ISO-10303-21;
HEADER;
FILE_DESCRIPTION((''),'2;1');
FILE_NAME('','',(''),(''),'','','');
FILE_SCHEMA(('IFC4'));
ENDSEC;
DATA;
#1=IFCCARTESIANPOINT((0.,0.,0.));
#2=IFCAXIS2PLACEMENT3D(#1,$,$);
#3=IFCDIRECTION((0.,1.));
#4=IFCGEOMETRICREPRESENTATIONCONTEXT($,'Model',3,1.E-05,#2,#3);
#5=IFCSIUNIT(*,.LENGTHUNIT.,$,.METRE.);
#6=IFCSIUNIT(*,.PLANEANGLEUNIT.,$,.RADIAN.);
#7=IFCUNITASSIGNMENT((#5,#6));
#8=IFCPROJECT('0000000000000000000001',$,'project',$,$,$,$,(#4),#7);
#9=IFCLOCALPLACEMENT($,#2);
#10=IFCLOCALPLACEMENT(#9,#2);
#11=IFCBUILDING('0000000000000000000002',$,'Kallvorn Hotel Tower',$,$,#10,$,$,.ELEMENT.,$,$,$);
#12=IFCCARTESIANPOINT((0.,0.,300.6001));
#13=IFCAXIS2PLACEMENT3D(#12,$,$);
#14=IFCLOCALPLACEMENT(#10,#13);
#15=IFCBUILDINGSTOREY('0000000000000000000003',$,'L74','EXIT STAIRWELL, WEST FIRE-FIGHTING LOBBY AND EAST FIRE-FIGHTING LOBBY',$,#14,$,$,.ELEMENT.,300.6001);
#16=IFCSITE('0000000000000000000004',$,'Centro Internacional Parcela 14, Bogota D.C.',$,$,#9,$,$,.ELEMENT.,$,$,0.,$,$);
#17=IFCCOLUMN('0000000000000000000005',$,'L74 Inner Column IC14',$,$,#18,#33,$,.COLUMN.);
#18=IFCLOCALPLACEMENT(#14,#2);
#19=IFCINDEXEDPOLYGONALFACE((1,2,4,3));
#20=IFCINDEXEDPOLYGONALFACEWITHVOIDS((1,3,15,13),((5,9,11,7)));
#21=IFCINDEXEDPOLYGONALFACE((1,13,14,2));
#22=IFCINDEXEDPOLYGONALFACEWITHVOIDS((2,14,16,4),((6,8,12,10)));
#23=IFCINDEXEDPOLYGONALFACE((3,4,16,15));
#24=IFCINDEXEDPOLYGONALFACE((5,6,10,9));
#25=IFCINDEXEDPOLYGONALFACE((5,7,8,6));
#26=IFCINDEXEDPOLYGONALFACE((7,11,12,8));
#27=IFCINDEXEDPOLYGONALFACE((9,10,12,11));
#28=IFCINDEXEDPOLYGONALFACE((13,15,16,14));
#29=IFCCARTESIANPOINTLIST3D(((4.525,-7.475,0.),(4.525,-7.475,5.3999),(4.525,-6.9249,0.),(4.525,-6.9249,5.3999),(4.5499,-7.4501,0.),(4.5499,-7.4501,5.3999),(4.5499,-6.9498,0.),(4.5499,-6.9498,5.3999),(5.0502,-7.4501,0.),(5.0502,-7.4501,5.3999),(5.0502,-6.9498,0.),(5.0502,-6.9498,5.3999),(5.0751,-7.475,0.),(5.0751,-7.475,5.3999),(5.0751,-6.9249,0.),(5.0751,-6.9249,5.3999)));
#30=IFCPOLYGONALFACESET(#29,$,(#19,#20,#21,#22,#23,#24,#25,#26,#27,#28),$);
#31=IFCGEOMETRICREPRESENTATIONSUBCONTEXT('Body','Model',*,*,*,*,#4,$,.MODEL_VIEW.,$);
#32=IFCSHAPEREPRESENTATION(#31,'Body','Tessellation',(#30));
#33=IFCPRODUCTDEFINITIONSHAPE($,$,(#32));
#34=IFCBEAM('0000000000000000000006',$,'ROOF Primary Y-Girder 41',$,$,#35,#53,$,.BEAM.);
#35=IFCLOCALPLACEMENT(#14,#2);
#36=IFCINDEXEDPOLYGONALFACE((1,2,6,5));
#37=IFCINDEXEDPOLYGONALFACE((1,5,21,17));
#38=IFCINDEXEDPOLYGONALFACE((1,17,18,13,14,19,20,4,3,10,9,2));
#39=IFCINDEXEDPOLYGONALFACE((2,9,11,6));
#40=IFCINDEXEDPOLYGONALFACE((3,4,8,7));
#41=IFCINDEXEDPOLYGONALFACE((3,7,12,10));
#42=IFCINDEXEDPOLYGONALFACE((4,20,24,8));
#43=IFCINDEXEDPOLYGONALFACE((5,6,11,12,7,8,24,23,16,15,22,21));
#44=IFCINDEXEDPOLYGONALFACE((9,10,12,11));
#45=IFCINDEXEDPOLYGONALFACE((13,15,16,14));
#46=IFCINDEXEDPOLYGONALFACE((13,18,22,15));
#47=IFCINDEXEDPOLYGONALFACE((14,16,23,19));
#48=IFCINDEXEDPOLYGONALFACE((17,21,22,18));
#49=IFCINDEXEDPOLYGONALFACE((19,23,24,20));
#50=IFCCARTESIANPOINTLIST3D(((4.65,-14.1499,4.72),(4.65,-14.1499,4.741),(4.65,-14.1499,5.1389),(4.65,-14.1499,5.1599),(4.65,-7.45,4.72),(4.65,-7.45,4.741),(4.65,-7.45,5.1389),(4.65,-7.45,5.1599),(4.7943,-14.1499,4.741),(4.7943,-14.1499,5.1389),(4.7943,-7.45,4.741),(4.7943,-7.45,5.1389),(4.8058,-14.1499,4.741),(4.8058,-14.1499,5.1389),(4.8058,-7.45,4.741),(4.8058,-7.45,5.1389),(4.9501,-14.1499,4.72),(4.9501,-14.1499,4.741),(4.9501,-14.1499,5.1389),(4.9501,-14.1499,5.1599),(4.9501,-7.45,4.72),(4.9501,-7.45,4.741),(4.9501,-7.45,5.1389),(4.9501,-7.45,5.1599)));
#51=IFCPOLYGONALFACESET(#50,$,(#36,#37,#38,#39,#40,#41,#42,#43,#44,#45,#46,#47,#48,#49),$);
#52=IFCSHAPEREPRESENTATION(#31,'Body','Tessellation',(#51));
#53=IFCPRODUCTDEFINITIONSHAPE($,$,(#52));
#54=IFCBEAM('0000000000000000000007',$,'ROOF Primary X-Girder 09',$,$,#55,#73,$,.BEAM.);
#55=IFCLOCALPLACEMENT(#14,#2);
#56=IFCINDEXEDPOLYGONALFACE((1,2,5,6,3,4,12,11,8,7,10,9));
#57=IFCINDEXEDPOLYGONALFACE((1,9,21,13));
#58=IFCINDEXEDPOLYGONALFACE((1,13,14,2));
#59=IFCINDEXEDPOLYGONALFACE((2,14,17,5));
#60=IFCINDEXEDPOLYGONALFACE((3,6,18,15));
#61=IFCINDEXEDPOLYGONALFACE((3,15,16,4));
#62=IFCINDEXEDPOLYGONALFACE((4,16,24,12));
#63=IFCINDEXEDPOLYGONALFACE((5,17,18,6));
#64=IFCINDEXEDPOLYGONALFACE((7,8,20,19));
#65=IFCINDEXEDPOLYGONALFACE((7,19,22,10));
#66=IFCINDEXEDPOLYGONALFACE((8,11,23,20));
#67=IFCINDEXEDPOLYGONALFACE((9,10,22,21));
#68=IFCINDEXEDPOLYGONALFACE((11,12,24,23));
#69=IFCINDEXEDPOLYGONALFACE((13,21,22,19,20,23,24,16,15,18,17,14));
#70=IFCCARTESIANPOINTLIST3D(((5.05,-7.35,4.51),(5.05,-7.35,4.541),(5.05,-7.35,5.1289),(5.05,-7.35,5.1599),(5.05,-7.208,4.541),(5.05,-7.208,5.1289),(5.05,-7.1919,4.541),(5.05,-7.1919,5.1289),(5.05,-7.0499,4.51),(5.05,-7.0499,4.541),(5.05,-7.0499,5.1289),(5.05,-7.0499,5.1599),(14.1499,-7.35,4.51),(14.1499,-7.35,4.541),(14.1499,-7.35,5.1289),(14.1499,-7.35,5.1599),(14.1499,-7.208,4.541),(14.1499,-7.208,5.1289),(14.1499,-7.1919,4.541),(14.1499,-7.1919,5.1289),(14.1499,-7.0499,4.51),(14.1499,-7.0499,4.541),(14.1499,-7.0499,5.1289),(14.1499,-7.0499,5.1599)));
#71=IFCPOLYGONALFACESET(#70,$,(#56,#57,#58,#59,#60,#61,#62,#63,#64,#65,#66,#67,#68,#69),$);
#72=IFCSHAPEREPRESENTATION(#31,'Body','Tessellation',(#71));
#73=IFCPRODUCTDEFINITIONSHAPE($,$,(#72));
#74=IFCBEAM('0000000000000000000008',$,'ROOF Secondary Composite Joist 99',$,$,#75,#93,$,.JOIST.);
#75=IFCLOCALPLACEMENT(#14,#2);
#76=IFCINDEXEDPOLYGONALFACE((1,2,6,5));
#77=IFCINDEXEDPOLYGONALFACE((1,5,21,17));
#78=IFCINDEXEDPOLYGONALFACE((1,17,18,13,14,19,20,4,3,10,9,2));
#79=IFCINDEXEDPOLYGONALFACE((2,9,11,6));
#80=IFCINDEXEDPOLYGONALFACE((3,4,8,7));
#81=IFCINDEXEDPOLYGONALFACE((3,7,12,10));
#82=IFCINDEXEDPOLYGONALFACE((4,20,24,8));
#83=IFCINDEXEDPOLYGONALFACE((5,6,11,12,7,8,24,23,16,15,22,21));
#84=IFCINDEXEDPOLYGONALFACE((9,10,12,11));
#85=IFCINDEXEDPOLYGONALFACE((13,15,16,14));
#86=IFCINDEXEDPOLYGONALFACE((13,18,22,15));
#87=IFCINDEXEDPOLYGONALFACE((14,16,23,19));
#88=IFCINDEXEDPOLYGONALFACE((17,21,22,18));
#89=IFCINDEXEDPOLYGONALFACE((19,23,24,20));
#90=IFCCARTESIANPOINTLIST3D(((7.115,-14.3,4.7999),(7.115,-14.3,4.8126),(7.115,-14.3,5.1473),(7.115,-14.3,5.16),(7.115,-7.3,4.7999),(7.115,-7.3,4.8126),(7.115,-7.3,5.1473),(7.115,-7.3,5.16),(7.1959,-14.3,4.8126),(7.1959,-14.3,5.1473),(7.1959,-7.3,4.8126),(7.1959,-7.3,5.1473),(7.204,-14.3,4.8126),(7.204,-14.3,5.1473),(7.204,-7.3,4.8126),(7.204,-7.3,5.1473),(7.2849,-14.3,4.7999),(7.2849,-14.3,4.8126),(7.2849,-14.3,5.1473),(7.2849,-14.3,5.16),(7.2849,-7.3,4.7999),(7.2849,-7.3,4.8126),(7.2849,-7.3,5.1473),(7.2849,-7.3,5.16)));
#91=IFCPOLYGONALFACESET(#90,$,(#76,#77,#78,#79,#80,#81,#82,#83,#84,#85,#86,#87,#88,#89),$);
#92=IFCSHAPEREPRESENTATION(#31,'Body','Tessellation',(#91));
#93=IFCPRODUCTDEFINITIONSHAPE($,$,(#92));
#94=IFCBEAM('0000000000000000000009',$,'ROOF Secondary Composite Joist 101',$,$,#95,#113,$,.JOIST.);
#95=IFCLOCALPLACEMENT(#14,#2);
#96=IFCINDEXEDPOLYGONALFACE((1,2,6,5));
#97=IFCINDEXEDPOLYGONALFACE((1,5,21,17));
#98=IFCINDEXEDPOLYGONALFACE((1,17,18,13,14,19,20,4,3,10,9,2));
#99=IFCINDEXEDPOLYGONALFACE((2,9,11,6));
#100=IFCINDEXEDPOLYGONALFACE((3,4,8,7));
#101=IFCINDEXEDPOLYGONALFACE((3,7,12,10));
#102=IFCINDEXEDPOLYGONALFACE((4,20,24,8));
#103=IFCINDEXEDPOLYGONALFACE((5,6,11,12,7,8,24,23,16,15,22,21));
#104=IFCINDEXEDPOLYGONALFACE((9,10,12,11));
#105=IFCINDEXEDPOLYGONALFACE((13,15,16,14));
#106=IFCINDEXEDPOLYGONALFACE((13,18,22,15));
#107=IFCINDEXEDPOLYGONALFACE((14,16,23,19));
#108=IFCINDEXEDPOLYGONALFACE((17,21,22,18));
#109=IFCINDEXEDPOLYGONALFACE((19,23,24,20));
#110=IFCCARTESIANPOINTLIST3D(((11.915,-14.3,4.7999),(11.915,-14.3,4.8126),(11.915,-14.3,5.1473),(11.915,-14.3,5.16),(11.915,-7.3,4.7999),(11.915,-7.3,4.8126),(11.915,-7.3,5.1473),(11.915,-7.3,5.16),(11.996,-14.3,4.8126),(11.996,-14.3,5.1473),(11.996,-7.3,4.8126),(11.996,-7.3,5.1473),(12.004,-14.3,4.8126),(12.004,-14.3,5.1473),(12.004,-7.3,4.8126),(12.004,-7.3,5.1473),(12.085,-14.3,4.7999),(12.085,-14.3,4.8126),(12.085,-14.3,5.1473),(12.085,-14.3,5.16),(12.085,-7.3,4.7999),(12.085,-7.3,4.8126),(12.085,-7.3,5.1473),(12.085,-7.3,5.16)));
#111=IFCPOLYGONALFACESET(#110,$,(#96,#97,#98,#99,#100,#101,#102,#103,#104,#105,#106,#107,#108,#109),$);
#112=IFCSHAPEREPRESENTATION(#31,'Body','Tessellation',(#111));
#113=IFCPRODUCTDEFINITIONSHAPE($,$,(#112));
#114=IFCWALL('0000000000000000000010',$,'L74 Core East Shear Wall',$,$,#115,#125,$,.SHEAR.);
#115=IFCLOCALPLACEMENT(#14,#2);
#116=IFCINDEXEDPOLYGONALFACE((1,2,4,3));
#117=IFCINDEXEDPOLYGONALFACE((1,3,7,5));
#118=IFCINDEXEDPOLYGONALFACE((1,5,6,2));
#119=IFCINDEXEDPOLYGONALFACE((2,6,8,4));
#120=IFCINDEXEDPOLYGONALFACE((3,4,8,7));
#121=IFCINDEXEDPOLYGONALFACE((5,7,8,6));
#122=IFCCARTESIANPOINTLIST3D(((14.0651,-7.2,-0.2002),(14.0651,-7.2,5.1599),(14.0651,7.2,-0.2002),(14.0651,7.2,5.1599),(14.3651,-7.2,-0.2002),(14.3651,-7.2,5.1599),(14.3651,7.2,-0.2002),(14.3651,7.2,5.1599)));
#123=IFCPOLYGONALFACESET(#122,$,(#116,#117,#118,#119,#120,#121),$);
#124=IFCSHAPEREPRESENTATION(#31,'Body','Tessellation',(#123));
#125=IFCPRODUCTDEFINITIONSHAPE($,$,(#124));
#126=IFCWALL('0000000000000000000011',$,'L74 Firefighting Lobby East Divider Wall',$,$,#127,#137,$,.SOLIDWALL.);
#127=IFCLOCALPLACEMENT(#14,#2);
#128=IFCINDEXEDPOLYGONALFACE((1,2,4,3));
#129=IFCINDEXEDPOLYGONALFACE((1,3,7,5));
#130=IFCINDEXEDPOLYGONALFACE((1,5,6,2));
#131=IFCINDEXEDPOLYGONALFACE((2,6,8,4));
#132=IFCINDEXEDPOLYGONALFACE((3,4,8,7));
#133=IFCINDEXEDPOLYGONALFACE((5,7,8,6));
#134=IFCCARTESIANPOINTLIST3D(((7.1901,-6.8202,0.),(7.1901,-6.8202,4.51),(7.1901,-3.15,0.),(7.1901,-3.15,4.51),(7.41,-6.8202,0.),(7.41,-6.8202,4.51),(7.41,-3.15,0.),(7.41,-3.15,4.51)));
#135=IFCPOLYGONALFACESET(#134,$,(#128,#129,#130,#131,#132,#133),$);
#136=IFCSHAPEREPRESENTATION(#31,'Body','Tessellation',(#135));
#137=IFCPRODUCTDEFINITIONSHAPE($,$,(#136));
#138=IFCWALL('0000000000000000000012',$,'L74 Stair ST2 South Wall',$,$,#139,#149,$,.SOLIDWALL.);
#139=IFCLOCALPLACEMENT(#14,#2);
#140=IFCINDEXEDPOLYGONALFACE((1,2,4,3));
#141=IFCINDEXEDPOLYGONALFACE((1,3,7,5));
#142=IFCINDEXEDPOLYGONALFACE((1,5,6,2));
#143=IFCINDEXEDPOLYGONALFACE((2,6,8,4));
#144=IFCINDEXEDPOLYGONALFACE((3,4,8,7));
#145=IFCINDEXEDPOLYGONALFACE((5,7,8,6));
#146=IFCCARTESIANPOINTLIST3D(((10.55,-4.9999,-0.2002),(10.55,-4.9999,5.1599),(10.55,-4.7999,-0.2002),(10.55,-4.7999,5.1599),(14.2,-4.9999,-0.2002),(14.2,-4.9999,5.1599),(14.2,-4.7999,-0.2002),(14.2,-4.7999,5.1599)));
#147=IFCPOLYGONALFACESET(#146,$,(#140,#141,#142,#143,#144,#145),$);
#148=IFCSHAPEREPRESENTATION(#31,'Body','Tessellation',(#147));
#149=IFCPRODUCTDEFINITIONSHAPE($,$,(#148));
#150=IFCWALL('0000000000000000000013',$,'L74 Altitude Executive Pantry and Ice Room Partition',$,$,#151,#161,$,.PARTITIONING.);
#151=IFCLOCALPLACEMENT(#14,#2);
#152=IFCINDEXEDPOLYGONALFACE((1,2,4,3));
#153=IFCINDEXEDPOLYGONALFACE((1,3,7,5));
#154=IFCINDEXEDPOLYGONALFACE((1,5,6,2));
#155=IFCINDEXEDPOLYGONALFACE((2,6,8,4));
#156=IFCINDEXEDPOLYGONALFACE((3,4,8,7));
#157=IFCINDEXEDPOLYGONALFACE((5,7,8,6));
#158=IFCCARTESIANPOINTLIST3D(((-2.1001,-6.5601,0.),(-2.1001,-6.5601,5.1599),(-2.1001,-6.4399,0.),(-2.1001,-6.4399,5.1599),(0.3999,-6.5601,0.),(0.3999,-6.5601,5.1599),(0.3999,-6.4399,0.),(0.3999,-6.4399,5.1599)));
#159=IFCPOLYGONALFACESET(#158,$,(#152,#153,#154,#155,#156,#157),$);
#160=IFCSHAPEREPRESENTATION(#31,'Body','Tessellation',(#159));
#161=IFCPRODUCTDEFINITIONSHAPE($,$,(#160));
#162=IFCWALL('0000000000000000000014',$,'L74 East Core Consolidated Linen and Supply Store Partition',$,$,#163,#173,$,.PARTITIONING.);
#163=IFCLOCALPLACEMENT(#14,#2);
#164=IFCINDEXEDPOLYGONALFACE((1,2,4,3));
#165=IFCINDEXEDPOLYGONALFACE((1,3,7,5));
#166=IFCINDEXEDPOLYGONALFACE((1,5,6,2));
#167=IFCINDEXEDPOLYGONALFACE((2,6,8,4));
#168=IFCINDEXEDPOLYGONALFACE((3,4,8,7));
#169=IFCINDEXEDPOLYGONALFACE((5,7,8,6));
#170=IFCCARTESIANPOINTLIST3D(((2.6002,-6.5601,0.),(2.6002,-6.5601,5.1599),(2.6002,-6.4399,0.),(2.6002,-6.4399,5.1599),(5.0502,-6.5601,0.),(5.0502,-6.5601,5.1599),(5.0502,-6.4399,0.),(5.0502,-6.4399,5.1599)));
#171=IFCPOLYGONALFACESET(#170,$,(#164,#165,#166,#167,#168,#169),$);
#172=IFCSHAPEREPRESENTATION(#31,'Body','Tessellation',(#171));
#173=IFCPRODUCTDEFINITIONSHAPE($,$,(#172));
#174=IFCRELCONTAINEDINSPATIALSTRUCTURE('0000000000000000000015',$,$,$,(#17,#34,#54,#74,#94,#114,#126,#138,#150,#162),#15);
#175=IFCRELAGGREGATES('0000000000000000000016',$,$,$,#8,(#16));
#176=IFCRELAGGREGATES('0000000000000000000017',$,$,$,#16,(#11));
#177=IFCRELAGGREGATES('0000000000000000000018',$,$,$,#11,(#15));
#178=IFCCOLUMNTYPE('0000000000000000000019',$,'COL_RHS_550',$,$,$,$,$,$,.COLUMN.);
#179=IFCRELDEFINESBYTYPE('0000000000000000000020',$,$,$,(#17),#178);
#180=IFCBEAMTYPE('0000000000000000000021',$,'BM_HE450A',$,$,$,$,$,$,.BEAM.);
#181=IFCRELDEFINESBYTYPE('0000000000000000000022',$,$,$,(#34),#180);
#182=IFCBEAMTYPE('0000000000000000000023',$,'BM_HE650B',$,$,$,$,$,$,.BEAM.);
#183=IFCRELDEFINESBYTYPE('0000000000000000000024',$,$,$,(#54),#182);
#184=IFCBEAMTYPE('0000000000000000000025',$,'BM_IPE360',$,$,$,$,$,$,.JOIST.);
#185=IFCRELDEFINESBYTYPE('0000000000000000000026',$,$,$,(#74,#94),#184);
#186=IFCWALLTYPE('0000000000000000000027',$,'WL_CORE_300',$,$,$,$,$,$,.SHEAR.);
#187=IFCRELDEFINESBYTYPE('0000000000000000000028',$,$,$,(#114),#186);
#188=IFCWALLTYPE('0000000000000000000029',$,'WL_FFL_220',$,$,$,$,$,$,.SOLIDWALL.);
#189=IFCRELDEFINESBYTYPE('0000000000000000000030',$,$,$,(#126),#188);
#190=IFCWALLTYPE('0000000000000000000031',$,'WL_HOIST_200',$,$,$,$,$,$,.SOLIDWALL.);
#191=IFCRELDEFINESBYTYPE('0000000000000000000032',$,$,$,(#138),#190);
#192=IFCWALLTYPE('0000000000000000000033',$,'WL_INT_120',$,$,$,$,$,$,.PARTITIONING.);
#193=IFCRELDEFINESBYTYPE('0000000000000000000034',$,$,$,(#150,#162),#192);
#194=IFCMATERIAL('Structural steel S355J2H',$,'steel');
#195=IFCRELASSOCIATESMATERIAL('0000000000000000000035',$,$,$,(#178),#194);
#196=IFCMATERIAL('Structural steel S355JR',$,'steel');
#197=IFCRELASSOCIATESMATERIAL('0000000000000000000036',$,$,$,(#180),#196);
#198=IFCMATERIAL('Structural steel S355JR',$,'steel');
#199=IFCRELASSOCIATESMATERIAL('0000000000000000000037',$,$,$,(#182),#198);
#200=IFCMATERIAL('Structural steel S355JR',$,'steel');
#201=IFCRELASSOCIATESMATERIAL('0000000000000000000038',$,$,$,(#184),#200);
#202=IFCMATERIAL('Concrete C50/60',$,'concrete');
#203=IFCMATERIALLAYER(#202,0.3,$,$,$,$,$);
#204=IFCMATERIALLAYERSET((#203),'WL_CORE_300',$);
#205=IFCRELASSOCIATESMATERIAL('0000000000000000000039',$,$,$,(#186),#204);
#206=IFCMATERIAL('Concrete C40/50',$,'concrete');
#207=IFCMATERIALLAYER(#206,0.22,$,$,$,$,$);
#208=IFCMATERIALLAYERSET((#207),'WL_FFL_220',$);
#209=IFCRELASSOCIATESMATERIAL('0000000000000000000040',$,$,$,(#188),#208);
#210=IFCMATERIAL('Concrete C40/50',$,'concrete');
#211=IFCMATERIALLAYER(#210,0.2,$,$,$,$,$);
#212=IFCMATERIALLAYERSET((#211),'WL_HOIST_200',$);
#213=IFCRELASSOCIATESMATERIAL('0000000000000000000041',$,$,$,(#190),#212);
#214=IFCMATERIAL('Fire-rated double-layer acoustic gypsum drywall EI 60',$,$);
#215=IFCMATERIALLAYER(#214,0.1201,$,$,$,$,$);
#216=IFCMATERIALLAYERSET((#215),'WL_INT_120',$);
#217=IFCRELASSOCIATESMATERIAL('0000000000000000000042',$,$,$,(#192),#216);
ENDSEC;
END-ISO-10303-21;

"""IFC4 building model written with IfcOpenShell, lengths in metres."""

from ifc_helpers import new_model, si_unit, direction, frame, frame_2d, origin, origin_2d, place, context, subcontext, project, spatial, rectangle, hollow_rectangle, i_section, extrude, material, layer, layer_set, material_profile, profile_set, type_object, element, save


model = new_model("IFC4")

# Units and contexts
model_context = context("Model", 3, precision=1e-05, world=origin(), true_north=direction((0.0, 1.0)))
body_context = subcontext(model_context, "Body", "Model", "MODEL_VIEW")
ifc_project = project(units=[si_unit("LENGTHUNIT", "METRE"), si_unit("PLANEANGLEUNIT", "RADIAN")], contexts=[model_context])

# Site, building, storey
site_placement = place(None, origin())
site = spatial("IfcSite", under=ifc_project, at=site_placement, Name="Centro Internacional Parcela 14, Bogota D.C.", CompositionType="ELEMENT", RefElevation=0.0)
building_placement = place(site_placement, origin())
building = spatial("IfcBuilding", under=site, at=building_placement, Name="Kallvorn Hotel Tower", CompositionType="ELEMENT")
storey_placement = place(building_placement, frame((0.0, 0.0, 300.6001)))
storey = spatial("IfcBuildingStorey", under=building, at=storey_placement, Name="L74", Description="EXIT STAIRWELL, WEST FIRE-FIGHTING LOBBY AND EAST FIRE-FIGHTING LOBBY", CompositionType="ELEMENT", Elevation=300.6001)

# Column
ifc_material_1 = material(Name="Structural steel S355J2H", Category="steel")
ifc_material_profile_1 = material_profile(ifc_material_1, hollow_rectangle(XDim=0.55, YDim=0.55, WallThickness=0.0249, at=origin_2d()), Name="RHS 550x550x25")
ifc_profile_set_1 = profile_set([ifc_material_profile_1], Name="Structural steel S355J2H")
column_type = type_object("IfcColumnType", Name="COL_RHS_550", PredefinedType="COLUMN", material=ifc_profile_set_1)
column_placement = place(storey_placement, frame((4.8, -7.2, 0.0), z_axis=(0.0, 0.0, 1.0), x_axis=(1.0, 0.0, 0.0)))
element("IfcColumn", 1, at=column_placement, inside=storey, type_object=column_type, Name="L74 Inner Column IC14", PredefinedType="COLUMN", context=body_context, shape_type="SweptSolid", body=[
    extrude(hollow_rectangle(XDim=0.55, YDim=0.55, WallThickness=0.0249, at=origin_2d()), origin(), (0.0, 0.0, 1.0), 5.3999),
])

# Beams
ifc_material_2 = material(Name="Structural steel S355JR", Category="steel")
ifc_material_profile_2 = material_profile(ifc_material_2, i_section(OverallWidth=0.3, OverallDepth=0.4399, WebThickness=0.0115, FlangeThickness=0.021, at=origin_2d()), Name="HE 450 A")
ifc_profile_set_2 = profile_set([ifc_material_profile_2], Name="Structural steel S355JR")
beam_type_1 = type_object("IfcBeamType", Name="BM_HE450A", PredefinedType="BEAM", material=ifc_profile_set_2)
beam_1_placement = place(storey_placement, frame((4.8, -14.1499, 4.9399), z_axis=(0.0, 1.0, 0.0), x_axis=(-1.0, 0.0, 0.0)))
element("IfcBeam", 2, at=beam_1_placement, inside=storey, type_object=beam_type_1, Name="ROOF Primary Y-Girder 41", PredefinedType="BEAM", context=body_context, shape_type="SweptSolid", body=[
    extrude(i_section(OverallWidth=0.3, OverallDepth=0.4399, WebThickness=0.0115, FlangeThickness=0.021, at=origin_2d()), origin(), (0.0, 0.0, 1.0), 6.7),
])
ifc_material_3 = material(Name="Structural steel S355JR", Category="steel")
ifc_material_profile_3 = material_profile(ifc_material_3, i_section(OverallWidth=0.3, OverallDepth=0.6499, WebThickness=0.0161, FlangeThickness=0.031, at=origin_2d()), Name="HE 650 B")
ifc_profile_set_3 = profile_set([ifc_material_profile_3], Name="Structural steel S355JR")
beam_type_2 = type_object("IfcBeamType", Name="BM_HE650B", PredefinedType="BEAM", material=ifc_profile_set_3)
beam_2_placement = place(storey_placement, frame((5.05, -7.2, 4.835), z_axis=(1.0, 0.0, 0.0), x_axis=(0.0, 1.0, 0.0)))
element("IfcBeam", 3, at=beam_2_placement, inside=storey, type_object=beam_type_2, Name="ROOF Primary X-Girder 09", PredefinedType="BEAM", context=body_context, shape_type="SweptSolid", body=[
    extrude(i_section(OverallWidth=0.3, OverallDepth=0.6499, WebThickness=0.0161, FlangeThickness=0.031, at=origin_2d()), origin(), (0.0, 0.0, 1.0), 9.0999),
])
ifc_material_4 = material(Name="Structural steel S355JR", Category="steel")
ifc_material_profile_4 = material_profile(ifc_material_4, i_section(OverallWidth=0.1699, OverallDepth=0.3601, WebThickness=0.0081, FlangeThickness=0.0127, at=origin_2d()), Name="IPE 360")
ifc_profile_set_4 = profile_set([ifc_material_profile_4], Name="Structural steel S355JR")
beam_type_3 = type_object("IfcBeamType", Name="BM_IPE360", PredefinedType="JOIST", material=ifc_profile_set_4)
for number, where, z_axis, x_axis, name in (
    (4, (7.2, -14.3, 4.98), (0.0, 1.0, 0.0), (-1.0, 0.0, 0.0), "ROOF Secondary Composite Joist 99"),
    (5, (12.0, -14.3, 4.98), (0.0, 1.0, 0.0), (-1.0, 0.0, 0.0), "ROOF Secondary Composite Joist 101"),
):
    element("IfcBeam", number, at=place(storey_placement, frame(where, z_axis=z_axis, x_axis=x_axis)), inside=storey, type_object=beam_type_3, Name=name, PredefinedType="JOIST", context=body_context, shape_type="SweptSolid", body=[
        extrude(i_section(OverallWidth=0.1699, OverallDepth=0.3601, WebThickness=0.0081, FlangeThickness=0.0127, at=origin_2d()), origin(), (0.0, 0.0, 1.0), 7.0),
    ])

# Walls
ifc_material_5 = material(Name="Concrete C50/60", Category="concrete")
ifc_layer_1 = layer(ifc_material_5, 0.3)
ifc_layer_set_1 = layer_set([ifc_layer_1], Name="WL_CORE_300")
wall_type_1 = type_object("IfcWallType", Name="WL_CORE_300", PredefinedType="SHEAR", material=ifc_layer_set_1)
wall_1_placement = place(storey_placement, frame((14.2151, -7.2, -0.2002), z_axis=(0.0, 0.0, 1.0), x_axis=(0.0, 1.0, 0.0)))
element("IfcWall", 6, at=wall_1_placement, inside=storey, type_object=wall_type_1, Name="L74 Core East Shear Wall", PredefinedType="SHEAR", context=body_context, shape_type="SweptSolid", body=[
    extrude(rectangle(XDim=14.3999, YDim=0.3, at=frame_2d((7.2, 0.0))), origin(), (0.0, 0.0, 1.0), 5.3601),
])
ifc_material_6 = material(Name="Concrete C40/50", Category="concrete")
ifc_layer_2 = layer(ifc_material_6, 0.22)
ifc_layer_set_2 = layer_set([ifc_layer_2], Name="WL_FFL_220")
wall_type_2 = type_object("IfcWallType", Name="WL_FFL_220", PredefinedType="SOLIDWALL", material=ifc_layer_set_2)
wall_2_placement = place(storey_placement, frame((7.3, -6.8201, 0.0), z_axis=(0.0, 0.0, 1.0), x_axis=(0.0, 1.0, 0.0)))
element("IfcWall", 7, at=wall_2_placement, inside=storey, type_object=wall_type_2, Name="L74 Firefighting Lobby East Divider Wall", PredefinedType="SOLIDWALL", context=body_context, shape_type="SweptSolid", body=[
    extrude(rectangle(XDim=3.6702, YDim=0.22, at=frame_2d((1.835, 0.0))), origin(), (0.0, 0.0, 1.0), 4.51),
])
ifc_material_7 = material(Name="Concrete C40/50", Category="concrete")
ifc_layer_3 = layer(ifc_material_7, 0.2)
ifc_layer_set_3 = layer_set([ifc_layer_3], Name="WL_HOIST_200")
wall_type_3 = type_object("IfcWallType", Name="WL_HOIST_200", PredefinedType="SOLIDWALL", material=ifc_layer_set_3)
wall_3_placement = place(storey_placement, frame((10.55, -4.8999, -0.2002), z_axis=(0.0, 0.0, 1.0), x_axis=(1.0, 0.0, 0.0)))
element("IfcWall", 8, at=wall_3_placement, inside=storey, type_object=wall_type_3, Name="L74 Stair ST2 South Wall", PredefinedType="SOLIDWALL", context=body_context, shape_type="SweptSolid", body=[
    extrude(rectangle(XDim=3.6499, YDim=0.2, at=frame_2d((1.825, 0.0))), origin(), (0.0, 0.0, 1.0), 5.3601),
])
ifc_material_8 = material(Name="Fire-rated double-layer acoustic gypsum drywall EI 60")
ifc_layer_4 = layer(ifc_material_8, 0.1201)
ifc_layer_set_4 = layer_set([ifc_layer_4], Name="WL_INT_120")
wall_type_4 = type_object("IfcWallType", Name="WL_INT_120", PredefinedType="PARTITIONING", material=ifc_layer_set_4)
wall_4_placement = place(storey_placement, frame((-2.1001, -6.5, 0.0), z_axis=(0.0, 0.0, 1.0), x_axis=(1.0, 0.0, 0.0)))
element("IfcWall", 9, at=wall_4_placement, inside=storey, type_object=wall_type_4, Name="L74 Altitude Executive Pantry and Ice Room Partition", PredefinedType="PARTITIONING", context=body_context, shape_type="SweptSolid", body=[
    extrude(rectangle(XDim=2.5, YDim=0.1201, at=frame_2d((1.25, 0.0))), origin(), (0.0, 0.0, 1.0), 5.1599),
])
wall_5_placement = place(storey_placement, frame((2.6001, -6.5, 0.0), z_axis=(0.0, 0.0, 1.0), x_axis=(1.0, 0.0, 0.0)))
element("IfcWall", 10, at=wall_5_placement, inside=storey, type_object=wall_type_4, Name="L74 East Core Consolidated Linen and Supply Store Partition", PredefinedType="PARTITIONING", context=body_context, shape_type="SweptSolid", body=[
    extrude(rectangle(XDim=2.45, YDim=0.1201, at=frame_2d((1.2251, 0.0))), origin(), (0.0, 0.0, 1.0), 5.1599),
])

save(model, "model.ifc")
